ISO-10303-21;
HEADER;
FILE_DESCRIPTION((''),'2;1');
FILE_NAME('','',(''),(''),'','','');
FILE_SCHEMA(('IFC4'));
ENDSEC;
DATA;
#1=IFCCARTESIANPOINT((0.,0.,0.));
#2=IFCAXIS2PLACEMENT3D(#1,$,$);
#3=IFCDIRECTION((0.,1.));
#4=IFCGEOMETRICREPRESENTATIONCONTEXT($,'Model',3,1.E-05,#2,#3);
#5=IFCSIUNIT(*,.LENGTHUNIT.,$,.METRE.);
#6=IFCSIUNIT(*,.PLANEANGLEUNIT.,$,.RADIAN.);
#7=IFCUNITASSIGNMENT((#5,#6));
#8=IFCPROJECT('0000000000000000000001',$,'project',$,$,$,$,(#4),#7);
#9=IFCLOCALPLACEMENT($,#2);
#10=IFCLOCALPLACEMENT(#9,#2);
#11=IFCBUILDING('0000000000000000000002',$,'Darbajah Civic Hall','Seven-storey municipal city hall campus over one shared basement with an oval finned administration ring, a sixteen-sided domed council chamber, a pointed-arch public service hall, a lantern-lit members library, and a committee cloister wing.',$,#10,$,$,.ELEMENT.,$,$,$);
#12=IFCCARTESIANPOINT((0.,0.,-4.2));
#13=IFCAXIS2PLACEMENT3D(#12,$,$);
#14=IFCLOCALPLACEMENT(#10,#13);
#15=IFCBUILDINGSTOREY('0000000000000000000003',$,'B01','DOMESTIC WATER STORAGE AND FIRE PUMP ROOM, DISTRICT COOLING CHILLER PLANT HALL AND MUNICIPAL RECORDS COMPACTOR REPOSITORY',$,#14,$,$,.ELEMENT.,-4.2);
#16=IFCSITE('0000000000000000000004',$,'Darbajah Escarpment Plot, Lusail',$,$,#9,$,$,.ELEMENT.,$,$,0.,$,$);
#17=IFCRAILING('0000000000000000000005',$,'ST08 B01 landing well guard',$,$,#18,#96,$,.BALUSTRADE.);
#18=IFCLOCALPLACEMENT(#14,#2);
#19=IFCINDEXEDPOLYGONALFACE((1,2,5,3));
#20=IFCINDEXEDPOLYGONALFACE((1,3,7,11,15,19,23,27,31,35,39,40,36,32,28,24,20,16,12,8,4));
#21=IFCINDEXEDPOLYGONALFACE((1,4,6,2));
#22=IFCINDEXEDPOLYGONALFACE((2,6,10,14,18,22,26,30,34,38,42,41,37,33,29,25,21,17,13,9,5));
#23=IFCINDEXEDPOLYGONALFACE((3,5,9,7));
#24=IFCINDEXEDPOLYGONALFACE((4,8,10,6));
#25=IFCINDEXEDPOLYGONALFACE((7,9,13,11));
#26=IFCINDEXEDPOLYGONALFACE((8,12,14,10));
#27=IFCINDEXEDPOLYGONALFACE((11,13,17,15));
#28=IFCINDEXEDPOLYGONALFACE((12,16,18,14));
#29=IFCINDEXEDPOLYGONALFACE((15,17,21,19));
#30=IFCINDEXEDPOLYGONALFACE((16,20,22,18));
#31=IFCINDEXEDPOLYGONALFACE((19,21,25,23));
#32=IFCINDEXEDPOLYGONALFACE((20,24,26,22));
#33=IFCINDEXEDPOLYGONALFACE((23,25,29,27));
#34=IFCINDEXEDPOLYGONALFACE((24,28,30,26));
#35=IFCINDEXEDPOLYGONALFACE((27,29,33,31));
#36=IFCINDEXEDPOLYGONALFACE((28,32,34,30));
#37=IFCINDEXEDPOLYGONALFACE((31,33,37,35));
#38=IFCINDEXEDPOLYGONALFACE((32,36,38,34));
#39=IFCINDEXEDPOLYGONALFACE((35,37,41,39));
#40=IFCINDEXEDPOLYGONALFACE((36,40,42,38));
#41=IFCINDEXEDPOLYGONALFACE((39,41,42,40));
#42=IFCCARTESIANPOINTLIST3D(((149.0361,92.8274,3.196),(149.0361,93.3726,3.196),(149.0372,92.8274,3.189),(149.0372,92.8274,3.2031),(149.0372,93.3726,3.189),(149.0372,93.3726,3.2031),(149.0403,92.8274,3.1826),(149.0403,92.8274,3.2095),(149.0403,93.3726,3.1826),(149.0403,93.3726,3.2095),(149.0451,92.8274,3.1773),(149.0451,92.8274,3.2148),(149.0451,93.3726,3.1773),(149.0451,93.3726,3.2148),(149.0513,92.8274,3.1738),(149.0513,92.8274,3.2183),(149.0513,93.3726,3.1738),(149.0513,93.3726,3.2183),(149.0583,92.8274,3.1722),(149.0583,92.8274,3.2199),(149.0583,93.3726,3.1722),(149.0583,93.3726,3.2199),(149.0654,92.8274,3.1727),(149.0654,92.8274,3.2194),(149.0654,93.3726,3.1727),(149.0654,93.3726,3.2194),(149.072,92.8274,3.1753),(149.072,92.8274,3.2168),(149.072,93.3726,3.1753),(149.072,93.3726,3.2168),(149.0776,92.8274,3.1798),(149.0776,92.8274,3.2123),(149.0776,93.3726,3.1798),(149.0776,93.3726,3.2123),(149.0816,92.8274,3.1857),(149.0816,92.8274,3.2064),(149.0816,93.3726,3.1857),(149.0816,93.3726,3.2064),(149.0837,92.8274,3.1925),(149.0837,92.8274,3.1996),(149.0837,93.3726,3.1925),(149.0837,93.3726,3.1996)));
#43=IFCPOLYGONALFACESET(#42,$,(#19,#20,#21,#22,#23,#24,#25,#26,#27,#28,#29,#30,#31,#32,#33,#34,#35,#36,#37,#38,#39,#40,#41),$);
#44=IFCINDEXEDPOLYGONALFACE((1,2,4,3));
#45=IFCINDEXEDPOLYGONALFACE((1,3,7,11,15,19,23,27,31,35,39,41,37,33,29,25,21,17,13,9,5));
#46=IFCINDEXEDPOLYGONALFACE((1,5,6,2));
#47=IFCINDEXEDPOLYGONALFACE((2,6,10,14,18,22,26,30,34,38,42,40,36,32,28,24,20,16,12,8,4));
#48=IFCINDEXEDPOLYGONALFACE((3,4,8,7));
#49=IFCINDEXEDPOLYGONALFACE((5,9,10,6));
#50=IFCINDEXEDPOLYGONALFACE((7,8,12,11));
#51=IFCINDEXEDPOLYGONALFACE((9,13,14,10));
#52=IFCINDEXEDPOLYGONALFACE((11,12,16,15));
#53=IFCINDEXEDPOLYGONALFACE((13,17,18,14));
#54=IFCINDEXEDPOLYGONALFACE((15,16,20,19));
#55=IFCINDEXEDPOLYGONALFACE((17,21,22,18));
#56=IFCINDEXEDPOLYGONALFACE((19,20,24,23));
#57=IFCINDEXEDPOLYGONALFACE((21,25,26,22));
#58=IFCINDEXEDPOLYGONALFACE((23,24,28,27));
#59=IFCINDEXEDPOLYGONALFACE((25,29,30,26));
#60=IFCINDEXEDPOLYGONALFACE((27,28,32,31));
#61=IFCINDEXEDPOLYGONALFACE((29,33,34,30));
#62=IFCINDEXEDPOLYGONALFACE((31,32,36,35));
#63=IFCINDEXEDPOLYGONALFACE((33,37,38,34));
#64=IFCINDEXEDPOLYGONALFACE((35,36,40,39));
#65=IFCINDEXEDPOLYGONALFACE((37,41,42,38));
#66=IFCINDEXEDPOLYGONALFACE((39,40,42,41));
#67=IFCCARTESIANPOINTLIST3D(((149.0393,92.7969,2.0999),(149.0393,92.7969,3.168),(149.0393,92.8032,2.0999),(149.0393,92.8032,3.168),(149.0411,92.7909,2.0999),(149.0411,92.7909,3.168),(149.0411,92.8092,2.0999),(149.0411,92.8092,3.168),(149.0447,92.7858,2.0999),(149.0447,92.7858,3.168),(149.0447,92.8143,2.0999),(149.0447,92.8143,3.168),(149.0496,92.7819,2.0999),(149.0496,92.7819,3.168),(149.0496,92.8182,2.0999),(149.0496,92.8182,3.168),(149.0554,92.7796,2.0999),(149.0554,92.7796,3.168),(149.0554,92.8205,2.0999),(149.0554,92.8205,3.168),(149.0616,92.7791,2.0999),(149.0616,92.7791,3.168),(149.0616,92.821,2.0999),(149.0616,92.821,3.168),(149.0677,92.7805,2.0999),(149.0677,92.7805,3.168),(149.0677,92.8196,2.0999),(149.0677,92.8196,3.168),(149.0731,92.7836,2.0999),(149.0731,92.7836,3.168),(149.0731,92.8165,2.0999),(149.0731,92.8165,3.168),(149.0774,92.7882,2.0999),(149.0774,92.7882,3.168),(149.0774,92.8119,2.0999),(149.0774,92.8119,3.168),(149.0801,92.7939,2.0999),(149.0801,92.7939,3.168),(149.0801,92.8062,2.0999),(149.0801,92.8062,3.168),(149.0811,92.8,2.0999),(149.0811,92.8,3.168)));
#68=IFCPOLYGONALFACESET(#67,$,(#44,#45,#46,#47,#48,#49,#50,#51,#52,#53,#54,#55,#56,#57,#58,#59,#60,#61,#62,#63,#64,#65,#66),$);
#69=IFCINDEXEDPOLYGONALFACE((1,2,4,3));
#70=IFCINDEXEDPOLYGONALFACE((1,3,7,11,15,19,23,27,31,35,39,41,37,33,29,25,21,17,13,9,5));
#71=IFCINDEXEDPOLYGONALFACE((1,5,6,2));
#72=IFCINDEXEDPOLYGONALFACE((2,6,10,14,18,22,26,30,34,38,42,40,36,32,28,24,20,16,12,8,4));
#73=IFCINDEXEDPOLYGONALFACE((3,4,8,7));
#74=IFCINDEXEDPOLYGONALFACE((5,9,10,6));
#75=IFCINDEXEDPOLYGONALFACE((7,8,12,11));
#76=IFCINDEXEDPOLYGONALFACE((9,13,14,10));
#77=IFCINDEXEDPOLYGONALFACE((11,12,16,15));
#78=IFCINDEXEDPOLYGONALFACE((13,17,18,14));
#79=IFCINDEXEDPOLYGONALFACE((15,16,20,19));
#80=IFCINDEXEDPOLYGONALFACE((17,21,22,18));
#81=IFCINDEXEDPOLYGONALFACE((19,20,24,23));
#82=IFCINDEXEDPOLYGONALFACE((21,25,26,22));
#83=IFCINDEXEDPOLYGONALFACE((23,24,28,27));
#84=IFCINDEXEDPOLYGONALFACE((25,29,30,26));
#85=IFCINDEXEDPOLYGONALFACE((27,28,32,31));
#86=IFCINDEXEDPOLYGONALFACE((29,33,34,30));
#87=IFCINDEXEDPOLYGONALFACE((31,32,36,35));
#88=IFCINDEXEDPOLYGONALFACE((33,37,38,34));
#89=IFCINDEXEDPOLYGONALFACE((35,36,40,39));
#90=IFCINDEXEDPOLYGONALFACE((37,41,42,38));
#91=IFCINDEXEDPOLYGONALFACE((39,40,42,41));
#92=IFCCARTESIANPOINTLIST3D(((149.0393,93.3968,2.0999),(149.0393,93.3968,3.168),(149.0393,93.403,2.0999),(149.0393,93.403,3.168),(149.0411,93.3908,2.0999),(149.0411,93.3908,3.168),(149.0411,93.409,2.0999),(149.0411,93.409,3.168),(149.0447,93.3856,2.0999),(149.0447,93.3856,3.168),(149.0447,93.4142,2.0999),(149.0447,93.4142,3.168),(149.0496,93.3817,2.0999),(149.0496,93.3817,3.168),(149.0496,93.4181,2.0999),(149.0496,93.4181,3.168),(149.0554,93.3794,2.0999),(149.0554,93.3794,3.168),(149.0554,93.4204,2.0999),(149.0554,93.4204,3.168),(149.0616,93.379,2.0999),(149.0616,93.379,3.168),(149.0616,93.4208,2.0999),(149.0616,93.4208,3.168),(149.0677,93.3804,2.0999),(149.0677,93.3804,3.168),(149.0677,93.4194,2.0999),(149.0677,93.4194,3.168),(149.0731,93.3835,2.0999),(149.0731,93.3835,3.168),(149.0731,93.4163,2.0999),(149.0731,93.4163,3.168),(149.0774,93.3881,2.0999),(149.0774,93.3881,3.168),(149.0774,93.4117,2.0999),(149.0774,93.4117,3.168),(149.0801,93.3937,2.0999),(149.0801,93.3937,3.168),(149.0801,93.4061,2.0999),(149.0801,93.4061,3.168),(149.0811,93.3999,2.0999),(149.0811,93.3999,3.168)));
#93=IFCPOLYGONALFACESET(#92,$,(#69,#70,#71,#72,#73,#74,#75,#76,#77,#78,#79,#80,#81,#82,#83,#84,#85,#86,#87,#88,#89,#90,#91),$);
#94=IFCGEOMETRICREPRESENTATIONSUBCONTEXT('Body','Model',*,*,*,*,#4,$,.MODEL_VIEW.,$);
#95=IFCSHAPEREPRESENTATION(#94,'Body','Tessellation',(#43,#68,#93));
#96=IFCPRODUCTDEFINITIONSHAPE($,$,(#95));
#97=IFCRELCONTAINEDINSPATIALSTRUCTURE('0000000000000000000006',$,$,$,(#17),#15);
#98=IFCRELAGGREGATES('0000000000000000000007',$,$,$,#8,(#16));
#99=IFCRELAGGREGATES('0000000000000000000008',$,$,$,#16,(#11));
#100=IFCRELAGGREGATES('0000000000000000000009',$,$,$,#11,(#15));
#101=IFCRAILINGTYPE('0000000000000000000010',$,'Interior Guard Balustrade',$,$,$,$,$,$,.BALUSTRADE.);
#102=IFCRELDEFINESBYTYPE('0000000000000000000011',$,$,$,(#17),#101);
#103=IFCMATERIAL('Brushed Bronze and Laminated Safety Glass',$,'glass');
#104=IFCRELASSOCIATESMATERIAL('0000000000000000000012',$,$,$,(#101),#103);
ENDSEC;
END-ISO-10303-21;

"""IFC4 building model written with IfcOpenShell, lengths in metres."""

from ifc_helpers import new_model, si_unit, direction, frame, origin, origin_2d, place, context, subcontext, project, spatial, circle, extrude, material, type_object, element, save


model = new_model("IFC4")

# Units and contexts
model_context = context("Model", 3, precision=1e-05, world=origin(), true_north=direction((0.0, 1.0)))
body_context = subcontext(model_context, "Body", "Model", "MODEL_VIEW")
ifc_project = project(units=[si_unit("LENGTHUNIT", "METRE"), si_unit("PLANEANGLEUNIT", "RADIAN")], contexts=[model_context])

# Site, building, storey
site_placement = place(None, origin())
site = spatial("IfcSite", under=ifc_project, at=site_placement, Name="Darbajah Escarpment Plot, Lusail", CompositionType="ELEMENT", RefElevation=0.0)
building_placement = place(site_placement, origin())
building = spatial("IfcBuilding", under=site, at=building_placement, Name="Darbajah Civic Hall", Description="Seven-storey municipal city hall campus over one shared basement with an oval finned administration ring, a sixteen-sided domed council chamber, a pointed-arch public service hall, a lantern-lit members library, and a committee cloister wing.", CompositionType="ELEMENT")
storey_placement = place(building_placement, frame((0.0, 0.0, -4.2)))
storey = spatial("IfcBuildingStorey", under=building, at=storey_placement, Name="B01", Description="DOMESTIC WATER STORAGE AND FIRE PUMP ROOM, DISTRICT COOLING CHILLER PLANT HALL AND MUNICIPAL RECORDS COMPACTOR REPOSITORY", CompositionType="ELEMENT", Elevation=-4.2)

# Railing
ifc_material_1 = material(Name="Brushed Bronze and Laminated Safety Glass", Category="glass")
railing_type_1 = type_object("IfcRailingType", Name="Interior Guard Balustrade", PredefinedType="BALUSTRADE", material=ifc_material_1)
railing_1_placement = place(storey_placement, frame((149.0601, 92.8, 2.0999)))
element("IfcRailing", 1, at=railing_1_placement, inside=storey, type_object=railing_type_1, Name="ST08 B01 landing well guard", PredefinedType="BALUSTRADE", context=body_context, shape_type="SweptSolid", body=[
    extrude(circle(Radius=0.0239, at=origin_2d()), frame((0.0, 0.0273, 1.0962), z_axis=(0.0, 1.0, 0.0), x_axis=(-1.0, 0.0, 0.0)), (0.0, 0.0, 1.0), 0.5452),
    extrude(circle(Radius=0.021, at=origin_2d()), origin(), (0.0, 0.0, 1.0), 1.0681),
    extrude(circle(Radius=0.021, at=origin_2d()), frame((0.0, 0.5999, 0.0)), (0.0, 0.0, 1.0), 1.0681),
])

save(model, "model.ifc")
